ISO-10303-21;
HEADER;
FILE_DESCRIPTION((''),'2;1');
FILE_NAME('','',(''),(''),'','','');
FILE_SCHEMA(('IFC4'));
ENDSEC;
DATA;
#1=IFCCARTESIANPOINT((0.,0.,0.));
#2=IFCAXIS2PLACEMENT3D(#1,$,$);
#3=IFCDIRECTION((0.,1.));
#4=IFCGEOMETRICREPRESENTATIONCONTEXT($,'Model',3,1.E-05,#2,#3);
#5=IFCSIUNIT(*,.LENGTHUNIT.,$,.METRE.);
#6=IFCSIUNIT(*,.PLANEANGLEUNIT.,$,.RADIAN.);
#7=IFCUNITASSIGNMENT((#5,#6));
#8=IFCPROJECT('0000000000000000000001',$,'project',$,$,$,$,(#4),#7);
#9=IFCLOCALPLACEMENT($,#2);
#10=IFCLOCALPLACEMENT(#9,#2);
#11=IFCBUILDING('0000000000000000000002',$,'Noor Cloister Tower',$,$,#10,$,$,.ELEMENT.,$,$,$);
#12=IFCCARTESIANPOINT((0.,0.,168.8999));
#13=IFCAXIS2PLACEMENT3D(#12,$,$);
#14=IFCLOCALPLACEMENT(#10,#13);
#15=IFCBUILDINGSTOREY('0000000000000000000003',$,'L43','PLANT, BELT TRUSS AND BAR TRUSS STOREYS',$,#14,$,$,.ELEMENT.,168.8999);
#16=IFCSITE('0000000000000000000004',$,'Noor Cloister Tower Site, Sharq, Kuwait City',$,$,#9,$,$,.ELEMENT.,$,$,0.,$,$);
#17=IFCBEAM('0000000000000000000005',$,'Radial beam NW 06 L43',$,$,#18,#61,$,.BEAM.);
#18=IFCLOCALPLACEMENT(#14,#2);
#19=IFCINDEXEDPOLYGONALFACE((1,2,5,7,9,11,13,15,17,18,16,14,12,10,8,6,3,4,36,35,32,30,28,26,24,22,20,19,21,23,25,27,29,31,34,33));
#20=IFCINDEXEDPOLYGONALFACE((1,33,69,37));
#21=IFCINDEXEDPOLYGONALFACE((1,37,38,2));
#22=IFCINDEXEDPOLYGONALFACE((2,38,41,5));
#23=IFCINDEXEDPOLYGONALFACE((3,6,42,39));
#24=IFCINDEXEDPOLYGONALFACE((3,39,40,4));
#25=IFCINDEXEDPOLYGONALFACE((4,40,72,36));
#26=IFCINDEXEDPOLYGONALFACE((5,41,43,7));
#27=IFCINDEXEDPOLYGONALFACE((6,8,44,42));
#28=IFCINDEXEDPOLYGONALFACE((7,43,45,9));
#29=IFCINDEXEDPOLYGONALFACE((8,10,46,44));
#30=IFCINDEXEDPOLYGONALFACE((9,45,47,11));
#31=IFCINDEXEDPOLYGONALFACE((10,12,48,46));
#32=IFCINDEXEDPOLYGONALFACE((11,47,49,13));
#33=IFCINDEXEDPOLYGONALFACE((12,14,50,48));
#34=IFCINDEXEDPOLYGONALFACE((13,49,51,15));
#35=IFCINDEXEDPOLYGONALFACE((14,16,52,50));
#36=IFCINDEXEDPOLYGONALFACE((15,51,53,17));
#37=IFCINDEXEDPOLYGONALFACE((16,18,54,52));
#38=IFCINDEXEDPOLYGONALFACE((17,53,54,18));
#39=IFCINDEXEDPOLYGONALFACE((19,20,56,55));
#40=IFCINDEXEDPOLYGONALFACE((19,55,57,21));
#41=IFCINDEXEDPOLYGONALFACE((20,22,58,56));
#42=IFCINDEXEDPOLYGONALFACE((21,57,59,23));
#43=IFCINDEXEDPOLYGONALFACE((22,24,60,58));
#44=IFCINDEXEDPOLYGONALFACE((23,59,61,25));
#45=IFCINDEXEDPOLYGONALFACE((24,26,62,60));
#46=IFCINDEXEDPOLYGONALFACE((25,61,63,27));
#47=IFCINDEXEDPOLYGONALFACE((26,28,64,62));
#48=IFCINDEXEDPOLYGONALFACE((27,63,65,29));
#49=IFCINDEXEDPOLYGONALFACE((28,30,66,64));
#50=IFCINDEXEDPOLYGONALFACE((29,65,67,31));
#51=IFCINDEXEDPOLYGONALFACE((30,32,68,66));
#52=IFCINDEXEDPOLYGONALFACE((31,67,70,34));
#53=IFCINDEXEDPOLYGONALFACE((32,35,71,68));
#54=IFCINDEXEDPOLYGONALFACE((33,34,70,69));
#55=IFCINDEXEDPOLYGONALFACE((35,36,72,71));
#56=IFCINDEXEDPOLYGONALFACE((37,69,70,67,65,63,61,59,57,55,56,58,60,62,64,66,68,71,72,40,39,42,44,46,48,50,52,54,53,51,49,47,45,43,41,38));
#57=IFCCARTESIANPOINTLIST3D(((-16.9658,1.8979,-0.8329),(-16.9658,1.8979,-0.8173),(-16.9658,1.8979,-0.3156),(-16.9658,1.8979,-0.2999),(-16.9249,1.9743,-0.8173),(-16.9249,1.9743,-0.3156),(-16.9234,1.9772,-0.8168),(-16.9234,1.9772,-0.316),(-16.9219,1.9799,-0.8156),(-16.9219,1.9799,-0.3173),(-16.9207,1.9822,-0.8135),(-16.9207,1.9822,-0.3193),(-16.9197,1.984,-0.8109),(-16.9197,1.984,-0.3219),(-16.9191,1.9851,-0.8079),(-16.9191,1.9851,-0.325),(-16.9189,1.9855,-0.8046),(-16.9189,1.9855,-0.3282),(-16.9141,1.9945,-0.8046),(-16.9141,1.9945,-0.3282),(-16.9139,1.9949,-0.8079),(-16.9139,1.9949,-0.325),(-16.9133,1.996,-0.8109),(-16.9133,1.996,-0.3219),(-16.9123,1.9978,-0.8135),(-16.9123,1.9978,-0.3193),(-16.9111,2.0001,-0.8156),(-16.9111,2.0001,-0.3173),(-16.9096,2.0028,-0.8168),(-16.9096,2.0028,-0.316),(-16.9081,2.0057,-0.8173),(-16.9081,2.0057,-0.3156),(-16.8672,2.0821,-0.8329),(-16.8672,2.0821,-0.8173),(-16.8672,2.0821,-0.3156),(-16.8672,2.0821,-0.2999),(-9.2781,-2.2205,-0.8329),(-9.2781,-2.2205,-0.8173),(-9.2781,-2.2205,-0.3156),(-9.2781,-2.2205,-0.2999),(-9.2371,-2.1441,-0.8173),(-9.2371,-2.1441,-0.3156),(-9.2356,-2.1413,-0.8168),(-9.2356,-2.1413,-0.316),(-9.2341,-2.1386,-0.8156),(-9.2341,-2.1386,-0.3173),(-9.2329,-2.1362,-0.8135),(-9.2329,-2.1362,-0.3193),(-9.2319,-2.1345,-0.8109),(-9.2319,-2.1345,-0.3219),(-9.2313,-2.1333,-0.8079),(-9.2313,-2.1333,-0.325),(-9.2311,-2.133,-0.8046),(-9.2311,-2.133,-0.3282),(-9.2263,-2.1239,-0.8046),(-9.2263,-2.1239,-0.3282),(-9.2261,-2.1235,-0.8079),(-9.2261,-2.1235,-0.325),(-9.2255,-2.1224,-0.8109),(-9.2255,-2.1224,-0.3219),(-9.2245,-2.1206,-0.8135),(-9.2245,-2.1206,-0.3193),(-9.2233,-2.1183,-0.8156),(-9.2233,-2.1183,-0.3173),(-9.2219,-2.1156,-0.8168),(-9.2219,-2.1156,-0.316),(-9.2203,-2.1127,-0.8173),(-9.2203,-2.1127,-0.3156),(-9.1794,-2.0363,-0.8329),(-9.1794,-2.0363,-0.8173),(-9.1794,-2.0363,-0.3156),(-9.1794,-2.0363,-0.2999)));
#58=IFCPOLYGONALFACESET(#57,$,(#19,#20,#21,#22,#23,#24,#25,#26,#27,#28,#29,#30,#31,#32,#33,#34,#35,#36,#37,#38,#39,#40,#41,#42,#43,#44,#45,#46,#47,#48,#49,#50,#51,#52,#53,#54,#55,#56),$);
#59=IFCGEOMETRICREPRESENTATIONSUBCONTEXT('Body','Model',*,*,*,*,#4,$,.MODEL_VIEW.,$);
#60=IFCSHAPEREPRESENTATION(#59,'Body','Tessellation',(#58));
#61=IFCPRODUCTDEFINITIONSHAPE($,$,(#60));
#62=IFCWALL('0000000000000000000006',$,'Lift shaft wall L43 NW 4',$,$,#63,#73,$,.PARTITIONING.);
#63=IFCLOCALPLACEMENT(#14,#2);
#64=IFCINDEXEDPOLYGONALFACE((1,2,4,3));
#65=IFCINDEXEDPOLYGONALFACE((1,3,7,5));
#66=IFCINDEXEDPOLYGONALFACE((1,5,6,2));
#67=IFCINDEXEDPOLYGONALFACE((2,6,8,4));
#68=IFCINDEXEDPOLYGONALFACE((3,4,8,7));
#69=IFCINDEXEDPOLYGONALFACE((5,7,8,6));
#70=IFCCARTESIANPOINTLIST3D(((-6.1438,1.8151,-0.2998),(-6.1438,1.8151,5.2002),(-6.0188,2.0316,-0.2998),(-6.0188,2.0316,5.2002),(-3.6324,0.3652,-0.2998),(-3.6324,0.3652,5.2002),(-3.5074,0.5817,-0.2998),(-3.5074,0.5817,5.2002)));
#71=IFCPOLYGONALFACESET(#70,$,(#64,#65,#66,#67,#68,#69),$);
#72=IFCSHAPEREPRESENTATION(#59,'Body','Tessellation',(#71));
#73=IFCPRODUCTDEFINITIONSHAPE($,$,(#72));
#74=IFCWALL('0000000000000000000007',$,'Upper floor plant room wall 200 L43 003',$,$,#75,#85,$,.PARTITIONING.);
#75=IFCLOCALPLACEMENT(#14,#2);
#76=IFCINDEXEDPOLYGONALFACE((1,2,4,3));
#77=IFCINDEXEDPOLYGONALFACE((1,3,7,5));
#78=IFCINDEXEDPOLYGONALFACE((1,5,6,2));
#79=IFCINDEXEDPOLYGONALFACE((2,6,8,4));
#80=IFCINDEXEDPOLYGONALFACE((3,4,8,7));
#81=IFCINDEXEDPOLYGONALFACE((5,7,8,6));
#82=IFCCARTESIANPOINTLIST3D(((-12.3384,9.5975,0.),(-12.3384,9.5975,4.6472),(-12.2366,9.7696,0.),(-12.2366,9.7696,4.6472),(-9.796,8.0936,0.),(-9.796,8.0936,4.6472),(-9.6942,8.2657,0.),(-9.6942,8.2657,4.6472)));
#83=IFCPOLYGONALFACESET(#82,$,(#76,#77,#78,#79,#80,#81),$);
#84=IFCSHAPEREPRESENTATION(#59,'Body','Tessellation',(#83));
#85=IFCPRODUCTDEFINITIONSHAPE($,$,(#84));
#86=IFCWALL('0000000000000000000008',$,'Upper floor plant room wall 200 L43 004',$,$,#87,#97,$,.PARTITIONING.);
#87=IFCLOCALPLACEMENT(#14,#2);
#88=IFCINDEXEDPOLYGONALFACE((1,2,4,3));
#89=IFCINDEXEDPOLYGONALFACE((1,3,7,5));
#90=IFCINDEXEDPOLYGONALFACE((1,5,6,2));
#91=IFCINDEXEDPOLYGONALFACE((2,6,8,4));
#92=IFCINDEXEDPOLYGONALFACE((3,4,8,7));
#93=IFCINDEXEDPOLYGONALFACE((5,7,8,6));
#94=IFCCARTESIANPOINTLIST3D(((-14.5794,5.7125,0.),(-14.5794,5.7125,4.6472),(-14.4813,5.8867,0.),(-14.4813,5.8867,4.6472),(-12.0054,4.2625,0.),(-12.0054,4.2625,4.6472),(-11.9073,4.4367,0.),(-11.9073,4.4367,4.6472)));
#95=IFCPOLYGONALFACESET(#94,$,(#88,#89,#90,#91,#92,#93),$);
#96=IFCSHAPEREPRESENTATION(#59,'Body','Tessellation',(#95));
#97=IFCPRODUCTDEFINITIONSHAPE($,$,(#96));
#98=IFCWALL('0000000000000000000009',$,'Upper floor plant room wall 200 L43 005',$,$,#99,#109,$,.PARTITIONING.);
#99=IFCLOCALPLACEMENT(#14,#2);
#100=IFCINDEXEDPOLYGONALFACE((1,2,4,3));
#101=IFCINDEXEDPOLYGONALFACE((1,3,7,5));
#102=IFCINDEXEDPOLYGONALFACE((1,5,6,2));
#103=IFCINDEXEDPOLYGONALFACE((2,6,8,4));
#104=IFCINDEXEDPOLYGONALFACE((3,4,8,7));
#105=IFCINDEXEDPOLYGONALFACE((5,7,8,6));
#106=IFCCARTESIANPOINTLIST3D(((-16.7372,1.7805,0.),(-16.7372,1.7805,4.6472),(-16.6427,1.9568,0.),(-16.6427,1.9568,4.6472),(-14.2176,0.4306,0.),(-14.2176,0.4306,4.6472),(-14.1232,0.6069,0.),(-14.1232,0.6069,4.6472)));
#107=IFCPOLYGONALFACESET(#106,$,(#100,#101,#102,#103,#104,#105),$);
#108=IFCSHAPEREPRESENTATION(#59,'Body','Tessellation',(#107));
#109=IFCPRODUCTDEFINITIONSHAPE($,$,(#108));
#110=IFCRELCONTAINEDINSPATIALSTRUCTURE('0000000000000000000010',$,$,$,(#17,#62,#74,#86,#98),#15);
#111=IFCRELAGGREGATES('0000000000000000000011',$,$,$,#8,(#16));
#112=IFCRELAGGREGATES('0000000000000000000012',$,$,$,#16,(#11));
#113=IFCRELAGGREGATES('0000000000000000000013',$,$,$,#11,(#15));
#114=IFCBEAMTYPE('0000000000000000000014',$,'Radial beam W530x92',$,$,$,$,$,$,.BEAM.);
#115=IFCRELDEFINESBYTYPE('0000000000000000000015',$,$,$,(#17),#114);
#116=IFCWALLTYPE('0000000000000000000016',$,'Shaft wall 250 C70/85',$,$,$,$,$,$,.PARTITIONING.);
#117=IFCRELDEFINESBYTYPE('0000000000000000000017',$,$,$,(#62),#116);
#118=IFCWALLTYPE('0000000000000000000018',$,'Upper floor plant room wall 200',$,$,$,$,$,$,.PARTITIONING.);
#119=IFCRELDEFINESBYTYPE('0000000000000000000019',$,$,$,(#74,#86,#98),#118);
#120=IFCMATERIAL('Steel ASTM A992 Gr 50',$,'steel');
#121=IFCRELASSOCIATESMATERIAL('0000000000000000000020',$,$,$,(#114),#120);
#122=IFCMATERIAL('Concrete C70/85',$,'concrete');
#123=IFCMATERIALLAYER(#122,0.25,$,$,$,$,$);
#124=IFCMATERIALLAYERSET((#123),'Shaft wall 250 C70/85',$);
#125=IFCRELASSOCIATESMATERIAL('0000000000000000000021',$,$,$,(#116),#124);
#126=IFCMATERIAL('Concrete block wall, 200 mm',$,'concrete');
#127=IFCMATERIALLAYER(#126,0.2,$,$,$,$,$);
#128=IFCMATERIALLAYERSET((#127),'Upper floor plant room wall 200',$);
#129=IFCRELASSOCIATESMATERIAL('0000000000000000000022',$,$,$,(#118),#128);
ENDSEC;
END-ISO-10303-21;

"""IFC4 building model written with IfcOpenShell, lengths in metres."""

from ifc_helpers import new_model, si_unit, direction, frame, frame_2d, origin, origin_2d, place, context, subcontext, project, spatial, rectangle, i_section, extrude, material, layer, layer_set, material_profile, profile_set, type_object, element, save


model = new_model("IFC4")

# Units and contexts
model_context = context("Model", 3, precision=1e-05, world=origin(), true_north=direction((0.0, 1.0)))
body_context = subcontext(model_context, "Body", "Model", "MODEL_VIEW")
ifc_project = project(units=[si_unit("LENGTHUNIT", "METRE"), si_unit("PLANEANGLEUNIT", "RADIAN")], contexts=[model_context])

# Site, building, storey
site_placement = place(None, origin())
site = spatial("IfcSite", under=ifc_project, at=site_placement, Name="Noor Cloister Tower Site, Sharq, Kuwait City", CompositionType="ELEMENT", RefElevation=0.0)
building_placement = place(site_placement, origin())
building = spatial("IfcBuilding", under=site, at=building_placement, Name="Noor Cloister Tower", CompositionType="ELEMENT")
storey_placement = place(building_placement, frame((0.0, 0.0, 168.8999)))
storey = spatial("IfcBuildingStorey", under=building, at=storey_placement, Name="L43", Description="PLANT, BELT TRUSS AND BAR TRUSS STOREYS", CompositionType="ELEMENT", Elevation=168.8999)

# Beam
ifc_material_1 = material(Name="Steel ASTM A992 Gr 50", Category="steel")
ifc_material_profile_1 = material_profile(ifc_material_1, i_section(OverallWidth=0.209, OverallDepth=0.533, WebThickness=0.0103, FlangeThickness=0.0156, FilletRadius=0.0127, at=origin_2d()), Name="W530x92")
ifc_profile_set_1 = profile_set([ifc_material_profile_1], Name="Steel ASTM A992 Gr 50")
beam_type_1 = type_object("IfcBeamType", Name="Radial beam W530x92", PredefinedType="BEAM", material=ifc_profile_set_1)
beam_1_placement = place(storey_placement, frame((-16.9165, 1.99, -0.5664), z_axis=(0.881481, -0.472219, 0.0), x_axis=(0.472219, 0.881481, 0.0)))
element("IfcBeam", 1, at=beam_1_placement, inside=storey, type_object=beam_type_1, Name="Radial beam NW 06 L43", PredefinedType="BEAM", context=body_context, shape_type="SweptSolid", body=[
    extrude(i_section(OverallWidth=0.209, OverallDepth=0.533, WebThickness=0.0103, FlangeThickness=0.0156, FilletRadius=0.0127, at=origin_2d()), origin(), (0.0, 0.0, 1.0), 8.7214),
])

# Walls
ifc_material_2 = material(Name="Concrete C70/85", Category="concrete")
ifc_layer_1 = layer(ifc_material_2, 0.25)
ifc_layer_set_1 = layer_set([ifc_layer_1], Name="Shaft wall 250 C70/85")
wall_type_1 = type_object("IfcWallType", Name="Shaft wall 250 C70/85", PredefinedType="PARTITIONING", material=ifc_layer_set_1)
wall_1_placement = place(storey_placement, frame((-6.0813, 1.9233, -0.2998), z_axis=(0.0, 0.0, 1.0), x_axis=(0.866033, -0.499987, 0.0)))
element("IfcWall", 2, at=wall_1_placement, inside=storey, type_object=wall_type_1, Name="Lift shaft wall L43 NW 4", PredefinedType="PARTITIONING", context=body_context, shape_type="SweptSolid", body=[
    extrude(rectangle(XDim=2.8999, YDim=0.25, at=frame_2d((1.45, 0.0))), origin(), (0.0, 0.0, 1.0), 5.5),
])
ifc_material_3 = material(Name="Concrete block wall, 200 mm", Category="concrete")
ifc_layer_2 = layer(ifc_material_3, 0.2)
ifc_layer_set_2 = layer_set([ifc_layer_2], Name="Upper floor plant room wall 200")
wall_type_2 = type_object("IfcWallType", Name="Upper floor plant room wall 200", PredefinedType="PARTITIONING", material=ifc_layer_set_2)
wall_2_placement = place(storey_placement, frame((-12.2876, 9.6836, 0.0), z_axis=(0.0, 0.0, 1.0), x_axis=(0.860699, -0.509114, 0.0)))
element("IfcWall", 3, at=wall_2_placement, inside=storey, type_object=wall_type_2, Name="Upper floor plant room wall 200 L43 003", PredefinedType="PARTITIONING", context=body_context, shape_type="SweptSolid", body=[
    extrude(rectangle(XDim=2.9539, YDim=0.2, at=frame_2d((1.4771, 0.0))), origin(), (0.0, 0.0, 1.0), 4.6472),
])
wall_3_placement = place(storey_placement, frame((-14.5303, 5.7996, 0.0), z_axis=(0.0, 0.0, 1.0), x_axis=(0.871273, -0.490799, 0.0)))
element("IfcWall", 4, at=wall_3_placement, inside=storey, type_object=wall_type_2, Name="Upper floor plant room wall 200 L43 004", PredefinedType="PARTITIONING", context=body_context, shape_type="SweptSolid", body=[
    extrude(rectangle(XDim=2.9543, YDim=0.2, at=frame_2d((1.4771, 0.0))), origin(), (0.0, 0.0, 1.0), 4.6472),
])
wall_4_placement = place(storey_placement, frame((-16.6899, 1.8687, 0.0), z_axis=(0.0, 0.0, 1.0), x_axis=(0.881465, -0.47225, 0.0)))
element("IfcWall", 5, at=wall_4_placement, inside=storey, type_object=wall_type_2, Name="Upper floor plant room wall 200 L43 005", PredefinedType="PARTITIONING", context=body_context, shape_type="SweptSolid", body=[
    extrude(rectangle(XDim=2.8584, YDim=0.2, at=frame_2d((1.4292, 0.0))), origin(), (0.0, 0.0, 1.0), 4.6472),
])

save(model, "model.ifc")
